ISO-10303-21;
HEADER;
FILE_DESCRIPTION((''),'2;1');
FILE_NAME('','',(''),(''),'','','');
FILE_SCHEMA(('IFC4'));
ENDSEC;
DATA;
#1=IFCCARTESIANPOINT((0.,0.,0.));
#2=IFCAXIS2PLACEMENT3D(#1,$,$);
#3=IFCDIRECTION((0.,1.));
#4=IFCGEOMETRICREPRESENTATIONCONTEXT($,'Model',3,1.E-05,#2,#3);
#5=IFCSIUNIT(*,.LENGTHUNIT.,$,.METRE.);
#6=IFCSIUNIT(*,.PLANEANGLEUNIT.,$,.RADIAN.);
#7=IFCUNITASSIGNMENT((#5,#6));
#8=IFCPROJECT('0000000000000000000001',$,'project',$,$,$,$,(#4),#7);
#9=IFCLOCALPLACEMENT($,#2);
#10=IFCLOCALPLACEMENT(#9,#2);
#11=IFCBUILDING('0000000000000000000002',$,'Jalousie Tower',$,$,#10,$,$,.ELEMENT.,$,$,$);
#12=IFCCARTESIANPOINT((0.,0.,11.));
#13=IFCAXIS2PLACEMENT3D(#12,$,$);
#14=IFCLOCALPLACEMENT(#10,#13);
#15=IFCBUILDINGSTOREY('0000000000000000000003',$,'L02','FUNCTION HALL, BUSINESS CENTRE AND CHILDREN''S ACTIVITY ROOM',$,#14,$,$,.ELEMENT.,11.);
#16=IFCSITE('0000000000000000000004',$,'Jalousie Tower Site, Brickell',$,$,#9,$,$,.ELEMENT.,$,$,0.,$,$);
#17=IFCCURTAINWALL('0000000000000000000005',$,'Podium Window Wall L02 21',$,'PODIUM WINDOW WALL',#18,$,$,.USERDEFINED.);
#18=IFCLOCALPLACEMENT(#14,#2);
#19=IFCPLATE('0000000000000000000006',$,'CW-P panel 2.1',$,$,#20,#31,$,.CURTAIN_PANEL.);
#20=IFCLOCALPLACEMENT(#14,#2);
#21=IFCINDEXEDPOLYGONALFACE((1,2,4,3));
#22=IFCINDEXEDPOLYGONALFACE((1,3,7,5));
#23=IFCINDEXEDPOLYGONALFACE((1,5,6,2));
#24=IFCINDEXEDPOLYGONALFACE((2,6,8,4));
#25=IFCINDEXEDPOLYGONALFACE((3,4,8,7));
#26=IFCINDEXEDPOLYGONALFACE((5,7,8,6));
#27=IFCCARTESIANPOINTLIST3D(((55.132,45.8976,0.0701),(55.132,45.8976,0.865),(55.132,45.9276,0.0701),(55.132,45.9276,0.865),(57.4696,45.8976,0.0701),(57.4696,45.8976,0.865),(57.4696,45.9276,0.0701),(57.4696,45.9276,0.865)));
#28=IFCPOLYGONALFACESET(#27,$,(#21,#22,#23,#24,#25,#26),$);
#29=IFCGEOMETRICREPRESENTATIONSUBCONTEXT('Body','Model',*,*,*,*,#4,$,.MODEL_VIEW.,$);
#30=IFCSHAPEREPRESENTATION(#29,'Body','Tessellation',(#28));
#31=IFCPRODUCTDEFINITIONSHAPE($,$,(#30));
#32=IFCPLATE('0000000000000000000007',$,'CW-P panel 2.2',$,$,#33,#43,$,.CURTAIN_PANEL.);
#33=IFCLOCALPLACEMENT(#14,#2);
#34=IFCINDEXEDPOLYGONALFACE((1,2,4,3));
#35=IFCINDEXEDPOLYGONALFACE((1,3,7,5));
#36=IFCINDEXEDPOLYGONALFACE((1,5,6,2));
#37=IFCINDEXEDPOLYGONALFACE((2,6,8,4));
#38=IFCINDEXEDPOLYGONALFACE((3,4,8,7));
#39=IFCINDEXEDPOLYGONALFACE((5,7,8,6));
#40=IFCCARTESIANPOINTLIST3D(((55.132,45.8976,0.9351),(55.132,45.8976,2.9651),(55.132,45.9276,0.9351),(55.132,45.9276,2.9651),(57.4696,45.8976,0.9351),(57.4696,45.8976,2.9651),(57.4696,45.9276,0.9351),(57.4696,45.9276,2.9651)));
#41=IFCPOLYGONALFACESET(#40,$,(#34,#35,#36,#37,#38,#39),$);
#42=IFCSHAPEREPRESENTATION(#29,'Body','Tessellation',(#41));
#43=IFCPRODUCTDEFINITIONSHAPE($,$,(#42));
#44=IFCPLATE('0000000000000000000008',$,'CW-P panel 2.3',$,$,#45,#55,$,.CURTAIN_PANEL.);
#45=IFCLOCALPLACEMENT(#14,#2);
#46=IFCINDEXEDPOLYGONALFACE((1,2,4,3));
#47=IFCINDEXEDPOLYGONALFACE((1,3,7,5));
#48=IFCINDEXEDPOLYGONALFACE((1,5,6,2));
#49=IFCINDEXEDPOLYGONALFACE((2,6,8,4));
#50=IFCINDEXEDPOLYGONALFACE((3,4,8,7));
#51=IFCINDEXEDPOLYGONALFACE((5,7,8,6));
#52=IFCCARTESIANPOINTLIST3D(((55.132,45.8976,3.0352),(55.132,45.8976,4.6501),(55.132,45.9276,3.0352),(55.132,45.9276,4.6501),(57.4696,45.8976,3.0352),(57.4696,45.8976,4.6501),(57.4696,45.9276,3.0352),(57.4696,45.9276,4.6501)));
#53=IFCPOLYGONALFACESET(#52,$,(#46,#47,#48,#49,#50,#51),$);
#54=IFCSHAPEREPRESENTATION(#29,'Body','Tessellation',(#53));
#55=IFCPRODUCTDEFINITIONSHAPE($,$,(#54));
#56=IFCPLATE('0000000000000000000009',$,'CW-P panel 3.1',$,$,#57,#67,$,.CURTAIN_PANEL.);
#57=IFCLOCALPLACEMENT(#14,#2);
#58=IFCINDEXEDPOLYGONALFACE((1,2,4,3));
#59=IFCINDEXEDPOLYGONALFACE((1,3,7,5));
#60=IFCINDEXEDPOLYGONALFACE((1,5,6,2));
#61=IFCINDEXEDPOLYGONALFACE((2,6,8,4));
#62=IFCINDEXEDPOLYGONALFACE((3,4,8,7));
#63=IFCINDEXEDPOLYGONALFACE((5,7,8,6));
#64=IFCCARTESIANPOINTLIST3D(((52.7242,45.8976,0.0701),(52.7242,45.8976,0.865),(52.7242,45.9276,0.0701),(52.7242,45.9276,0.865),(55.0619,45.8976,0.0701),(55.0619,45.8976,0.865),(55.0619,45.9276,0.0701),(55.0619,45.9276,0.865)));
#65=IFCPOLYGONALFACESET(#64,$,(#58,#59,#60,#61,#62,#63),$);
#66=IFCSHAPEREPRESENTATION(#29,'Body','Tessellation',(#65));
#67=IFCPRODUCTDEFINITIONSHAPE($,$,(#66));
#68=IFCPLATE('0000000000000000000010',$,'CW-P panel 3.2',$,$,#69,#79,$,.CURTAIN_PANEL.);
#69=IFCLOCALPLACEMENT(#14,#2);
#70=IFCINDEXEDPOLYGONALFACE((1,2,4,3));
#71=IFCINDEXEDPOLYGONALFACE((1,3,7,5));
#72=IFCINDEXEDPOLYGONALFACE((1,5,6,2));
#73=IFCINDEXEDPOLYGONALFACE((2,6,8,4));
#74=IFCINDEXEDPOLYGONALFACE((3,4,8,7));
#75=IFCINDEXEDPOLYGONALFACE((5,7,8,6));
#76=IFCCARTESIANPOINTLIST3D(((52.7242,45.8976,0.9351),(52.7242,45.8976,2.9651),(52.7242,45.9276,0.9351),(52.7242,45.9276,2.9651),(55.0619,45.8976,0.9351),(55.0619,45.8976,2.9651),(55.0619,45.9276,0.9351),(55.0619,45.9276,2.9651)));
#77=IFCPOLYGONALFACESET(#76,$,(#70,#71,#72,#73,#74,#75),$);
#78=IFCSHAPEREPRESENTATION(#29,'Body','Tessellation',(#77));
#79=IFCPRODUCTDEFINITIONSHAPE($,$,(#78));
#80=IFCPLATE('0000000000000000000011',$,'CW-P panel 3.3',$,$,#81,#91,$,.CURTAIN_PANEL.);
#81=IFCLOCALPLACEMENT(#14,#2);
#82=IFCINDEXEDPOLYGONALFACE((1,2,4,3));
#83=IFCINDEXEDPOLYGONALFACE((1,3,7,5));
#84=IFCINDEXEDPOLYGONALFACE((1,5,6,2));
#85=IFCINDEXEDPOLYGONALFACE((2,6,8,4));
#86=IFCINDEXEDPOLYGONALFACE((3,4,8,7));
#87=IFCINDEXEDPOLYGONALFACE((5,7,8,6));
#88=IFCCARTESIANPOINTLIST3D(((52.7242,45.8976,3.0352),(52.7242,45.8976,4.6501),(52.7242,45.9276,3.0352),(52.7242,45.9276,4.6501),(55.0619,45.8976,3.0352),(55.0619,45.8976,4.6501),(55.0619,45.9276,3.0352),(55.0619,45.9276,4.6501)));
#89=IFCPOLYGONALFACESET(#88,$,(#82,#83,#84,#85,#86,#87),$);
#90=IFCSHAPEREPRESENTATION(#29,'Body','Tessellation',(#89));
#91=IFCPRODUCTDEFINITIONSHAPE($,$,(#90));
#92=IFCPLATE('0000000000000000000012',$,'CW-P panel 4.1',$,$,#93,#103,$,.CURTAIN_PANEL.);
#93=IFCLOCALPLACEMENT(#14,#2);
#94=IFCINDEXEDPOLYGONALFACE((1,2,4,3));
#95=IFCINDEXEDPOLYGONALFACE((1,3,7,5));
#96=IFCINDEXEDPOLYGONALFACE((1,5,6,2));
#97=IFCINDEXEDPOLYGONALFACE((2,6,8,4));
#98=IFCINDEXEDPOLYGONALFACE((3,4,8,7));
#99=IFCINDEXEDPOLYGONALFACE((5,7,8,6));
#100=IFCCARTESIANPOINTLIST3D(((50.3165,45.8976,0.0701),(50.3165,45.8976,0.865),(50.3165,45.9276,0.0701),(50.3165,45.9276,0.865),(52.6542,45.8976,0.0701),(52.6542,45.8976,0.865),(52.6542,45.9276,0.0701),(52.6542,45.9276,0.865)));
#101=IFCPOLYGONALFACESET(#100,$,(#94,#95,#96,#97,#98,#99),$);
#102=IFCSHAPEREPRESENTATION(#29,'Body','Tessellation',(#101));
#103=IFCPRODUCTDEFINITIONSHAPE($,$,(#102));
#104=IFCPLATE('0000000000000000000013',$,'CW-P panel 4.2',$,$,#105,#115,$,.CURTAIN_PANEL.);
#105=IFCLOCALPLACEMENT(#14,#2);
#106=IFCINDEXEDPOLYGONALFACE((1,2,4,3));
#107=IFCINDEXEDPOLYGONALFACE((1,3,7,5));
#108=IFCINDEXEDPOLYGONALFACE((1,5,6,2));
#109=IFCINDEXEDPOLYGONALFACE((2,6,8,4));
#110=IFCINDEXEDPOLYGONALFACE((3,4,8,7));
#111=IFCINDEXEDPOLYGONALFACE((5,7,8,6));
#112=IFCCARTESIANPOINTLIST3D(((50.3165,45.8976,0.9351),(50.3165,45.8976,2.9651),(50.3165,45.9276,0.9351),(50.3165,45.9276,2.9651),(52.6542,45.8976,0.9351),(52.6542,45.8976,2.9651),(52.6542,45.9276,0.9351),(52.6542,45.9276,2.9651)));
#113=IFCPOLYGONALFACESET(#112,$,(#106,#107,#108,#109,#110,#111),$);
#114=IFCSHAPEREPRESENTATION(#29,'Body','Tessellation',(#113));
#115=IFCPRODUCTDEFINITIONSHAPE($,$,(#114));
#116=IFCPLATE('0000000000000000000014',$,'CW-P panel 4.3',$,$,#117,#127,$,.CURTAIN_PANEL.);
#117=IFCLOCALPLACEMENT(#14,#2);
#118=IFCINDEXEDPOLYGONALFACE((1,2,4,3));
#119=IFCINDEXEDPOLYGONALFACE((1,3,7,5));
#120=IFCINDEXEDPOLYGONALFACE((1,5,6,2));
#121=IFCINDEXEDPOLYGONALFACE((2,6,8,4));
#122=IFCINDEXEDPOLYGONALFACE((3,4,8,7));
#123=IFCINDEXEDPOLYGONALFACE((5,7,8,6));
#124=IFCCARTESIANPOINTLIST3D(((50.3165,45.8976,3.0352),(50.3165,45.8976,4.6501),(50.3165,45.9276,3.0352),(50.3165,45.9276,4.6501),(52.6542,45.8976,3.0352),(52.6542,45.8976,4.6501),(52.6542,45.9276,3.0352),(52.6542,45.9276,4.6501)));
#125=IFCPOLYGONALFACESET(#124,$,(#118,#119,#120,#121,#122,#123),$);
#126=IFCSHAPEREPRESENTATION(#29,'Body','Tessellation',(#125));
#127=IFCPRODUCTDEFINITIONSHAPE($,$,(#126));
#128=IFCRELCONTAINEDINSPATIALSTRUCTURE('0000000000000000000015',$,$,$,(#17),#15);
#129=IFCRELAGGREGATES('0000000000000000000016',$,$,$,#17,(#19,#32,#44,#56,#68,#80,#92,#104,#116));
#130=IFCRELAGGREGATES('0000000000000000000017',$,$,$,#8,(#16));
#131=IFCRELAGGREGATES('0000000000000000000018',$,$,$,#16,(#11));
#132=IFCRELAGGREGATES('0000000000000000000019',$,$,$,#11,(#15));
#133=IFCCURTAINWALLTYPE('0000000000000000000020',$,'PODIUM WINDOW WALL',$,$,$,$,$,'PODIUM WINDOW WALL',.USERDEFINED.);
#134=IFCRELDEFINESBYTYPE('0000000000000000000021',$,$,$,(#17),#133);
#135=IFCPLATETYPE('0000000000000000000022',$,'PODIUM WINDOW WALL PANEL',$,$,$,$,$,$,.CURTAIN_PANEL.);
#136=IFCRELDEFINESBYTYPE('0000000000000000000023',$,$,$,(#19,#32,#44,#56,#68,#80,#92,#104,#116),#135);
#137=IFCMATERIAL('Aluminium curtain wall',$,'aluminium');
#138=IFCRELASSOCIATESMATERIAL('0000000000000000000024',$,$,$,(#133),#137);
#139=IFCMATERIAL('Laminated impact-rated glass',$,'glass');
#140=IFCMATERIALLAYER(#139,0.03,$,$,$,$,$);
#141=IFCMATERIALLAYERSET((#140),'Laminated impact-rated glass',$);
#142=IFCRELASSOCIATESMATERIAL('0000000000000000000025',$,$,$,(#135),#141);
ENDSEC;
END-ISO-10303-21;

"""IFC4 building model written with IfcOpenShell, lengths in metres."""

from ifc_helpers import new_model, si_unit, direction, frame, origin, origin_2d, place, context, subcontext, project, spatial, rectangle, extrude, material, layer, layer_set, type_object, element, aggregate, save


model = new_model("IFC4")

# Units and contexts
model_context = context("Model", 3, precision=1e-05, world=origin(), true_north=direction((0.0, 1.0)))
body_context = subcontext(model_context, "Body", "Model", "MODEL_VIEW")
ifc_project = project(units=[si_unit("LENGTHUNIT", "METRE"), si_unit("PLANEANGLEUNIT", "RADIAN")], contexts=[model_context])

# Site, building, storey
site_placement = place(None, origin())
site = spatial("IfcSite", under=ifc_project, at=site_placement, Name="Jalousie Tower Site, Brickell", CompositionType="ELEMENT", RefElevation=0.0)
building_placement = place(site_placement, origin())
building = spatial("IfcBuilding", under=site, at=building_placement, Name="Jalousie Tower", CompositionType="ELEMENT")
storey_placement = place(building_placement, frame((0.0, 0.0, 11.0)))
storey = spatial("IfcBuildingStorey", under=building, at=storey_placement, Name="L02", Description="FUNCTION HALL, BUSINESS CENTRE AND CHILDREN'S ACTIVITY ROOM", CompositionType="ELEMENT", Elevation=11.0)

# Curtain wall
ifc_material_1 = material(Name="Aluminium curtain wall", Category="aluminium")
curtain_wall_type = type_object("IfcCurtainWallType", Name="PODIUM WINDOW WALL", ElementType="PODIUM WINDOW WALL", PredefinedType="USERDEFINED", material=ifc_material_1)
curtain_wall_placement = place(storey_placement, origin())
curtain_wall = element("IfcCurtainWall", 1, at=curtain_wall_placement, inside=storey, type_object=curtain_wall_type, Name="Podium Window Wall L02 21", ObjectType="PODIUM WINDOW WALL", PredefinedType="USERDEFINED")

# Plates
ifc_material_2 = material(Name="Laminated impact-rated glass", Category="glass")
ifc_layer = layer(ifc_material_2, 0.03)
ifc_layer_set = layer_set([ifc_layer], Name="Laminated impact-rated glass")
plate_type = type_object("IfcPlateType", Name="PODIUM WINDOW WALL PANEL", PredefinedType="CURTAIN_PANEL", material=ifc_layer_set)
plate_1_placement = place(storey_placement, frame((56.3008, 45.9126, 0.0701), z_axis=(0.0, 0.0, 1.0), x_axis=(-1.0, 0.0, 0.0)))
plate_1 = element("IfcPlate", 2, at=plate_1_placement, type_object=plate_type, Name="CW-P panel 2.1", PredefinedType="CURTAIN_PANEL", context=body_context, shape_type="SweptSolid", body=[
    extrude(rectangle(XDim=2.3376, YDim=0.03, at=origin_2d()), origin(), (0.0, 0.0, 1.0), 0.7949),
])
plate_2_placement = place(storey_placement, frame((56.3008, 45.9126, 0.9351), z_axis=(0.0, 0.0, 1.0), x_axis=(-1.0, 0.0, 0.0)))
plate_2 = element("IfcPlate", 3, at=plate_2_placement, type_object=plate_type, Name="CW-P panel 2.2", PredefinedType="CURTAIN_PANEL", context=body_context, shape_type="SweptSolid", body=[
    extrude(rectangle(XDim=2.3376, YDim=0.03, at=origin_2d()), origin(), (0.0, 0.0, 1.0), 2.03),
])
plate_3_placement = place(storey_placement, frame((56.3008, 45.9126, 3.0352), z_axis=(0.0, 0.0, 1.0), x_axis=(-1.0, 0.0, 0.0)))
plate_3 = element("IfcPlate", 4, at=plate_3_placement, type_object=plate_type, Name="CW-P panel 2.3", PredefinedType="CURTAIN_PANEL", context=body_context, shape_type="SweptSolid", body=[
    extrude(rectangle(XDim=2.3376, YDim=0.03, at=origin_2d()), origin(), (0.0, 0.0, 1.0), 1.615),
])
plate_4_placement = place(storey_placement, frame((53.8931, 45.9126, 0.0701), z_axis=(0.0, 0.0, 1.0), x_axis=(-1.0, 0.0, 0.0)))
plate_4 = element("IfcPlate", 5, at=plate_4_placement, type_object=plate_type, Name="CW-P panel 3.1", PredefinedType="CURTAIN_PANEL", context=body_context, shape_type="SweptSolid", body=[
    extrude(rectangle(XDim=2.3376, YDim=0.03, at=origin_2d()), origin(), (0.0, 0.0, 1.0), 0.7949),
])
plate_5_placement = place(storey_placement, frame((53.8931, 45.9126, 0.9351), z_axis=(0.0, 0.0, 1.0), x_axis=(-1.0, 0.0, 0.0)))
plate_5 = element("IfcPlate", 6, at=plate_5_placement, type_object=plate_type, Name="CW-P panel 3.2", PredefinedType="CURTAIN_PANEL", context=body_context, shape_type="SweptSolid", body=[
    extrude(rectangle(XDim=2.3376, YDim=0.03, at=origin_2d()), origin(), (0.0, 0.0, 1.0), 2.03),
])
plate_6_placement = place(storey_placement, frame((53.8931, 45.9126, 3.0352), z_axis=(0.0, 0.0, 1.0), x_axis=(-1.0, 0.0, 0.0)))
plate_6 = element("IfcPlate", 7, at=plate_6_placement, type_object=plate_type, Name="CW-P panel 3.3", PredefinedType="CURTAIN_PANEL", context=body_context, shape_type="SweptSolid", body=[
    extrude(rectangle(XDim=2.3376, YDim=0.03, at=origin_2d()), origin(), (0.0, 0.0, 1.0), 1.615),
])
plate_7_placement = place(storey_placement, frame((51.4854, 45.9126, 0.0701), z_axis=(0.0, 0.0, 1.0), x_axis=(-1.0, 0.0, 0.0)))
plate_7 = element("IfcPlate", 8, at=plate_7_placement, type_object=plate_type, Name="CW-P panel 4.1", PredefinedType="CURTAIN_PANEL", context=body_context, shape_type="SweptSolid", body=[
    extrude(rectangle(XDim=2.3376, YDim=0.03, at=origin_2d()), origin(), (0.0, 0.0, 1.0), 0.7949),
])
plate_8_placement = place(storey_placement, frame((51.4854, 45.9126, 0.9351), z_axis=(0.0, 0.0, 1.0), x_axis=(-1.0, 0.0, 0.0)))
plate_8 = element("IfcPlate", 9, at=plate_8_placement, type_object=plate_type, Name="CW-P panel 4.2", PredefinedType="CURTAIN_PANEL", context=body_context, shape_type="SweptSolid", body=[
    extrude(rectangle(XDim=2.3376, YDim=0.03, at=origin_2d()), origin(), (0.0, 0.0, 1.0), 2.03),
])
plate_9_placement = place(storey_placement, frame((51.4854, 45.9126, 3.0352), z_axis=(0.0, 0.0, 1.0), x_axis=(-1.0, 0.0, 0.0)))
plate_9 = element("IfcPlate", 10, at=plate_9_placement, type_object=plate_type, Name="CW-P panel 4.3", PredefinedType="CURTAIN_PANEL", context=body_context, shape_type="SweptSolid", body=[
    extrude(rectangle(XDim=2.3376, YDim=0.03, at=origin_2d()), origin(), (0.0, 0.0, 1.0), 1.615),
])
aggregate(curtain_wall, [plate_1, plate_2, plate_3, plate_4, plate_5, plate_6, plate_7, plate_8, plate_9])

save(model, "model.ifc")
